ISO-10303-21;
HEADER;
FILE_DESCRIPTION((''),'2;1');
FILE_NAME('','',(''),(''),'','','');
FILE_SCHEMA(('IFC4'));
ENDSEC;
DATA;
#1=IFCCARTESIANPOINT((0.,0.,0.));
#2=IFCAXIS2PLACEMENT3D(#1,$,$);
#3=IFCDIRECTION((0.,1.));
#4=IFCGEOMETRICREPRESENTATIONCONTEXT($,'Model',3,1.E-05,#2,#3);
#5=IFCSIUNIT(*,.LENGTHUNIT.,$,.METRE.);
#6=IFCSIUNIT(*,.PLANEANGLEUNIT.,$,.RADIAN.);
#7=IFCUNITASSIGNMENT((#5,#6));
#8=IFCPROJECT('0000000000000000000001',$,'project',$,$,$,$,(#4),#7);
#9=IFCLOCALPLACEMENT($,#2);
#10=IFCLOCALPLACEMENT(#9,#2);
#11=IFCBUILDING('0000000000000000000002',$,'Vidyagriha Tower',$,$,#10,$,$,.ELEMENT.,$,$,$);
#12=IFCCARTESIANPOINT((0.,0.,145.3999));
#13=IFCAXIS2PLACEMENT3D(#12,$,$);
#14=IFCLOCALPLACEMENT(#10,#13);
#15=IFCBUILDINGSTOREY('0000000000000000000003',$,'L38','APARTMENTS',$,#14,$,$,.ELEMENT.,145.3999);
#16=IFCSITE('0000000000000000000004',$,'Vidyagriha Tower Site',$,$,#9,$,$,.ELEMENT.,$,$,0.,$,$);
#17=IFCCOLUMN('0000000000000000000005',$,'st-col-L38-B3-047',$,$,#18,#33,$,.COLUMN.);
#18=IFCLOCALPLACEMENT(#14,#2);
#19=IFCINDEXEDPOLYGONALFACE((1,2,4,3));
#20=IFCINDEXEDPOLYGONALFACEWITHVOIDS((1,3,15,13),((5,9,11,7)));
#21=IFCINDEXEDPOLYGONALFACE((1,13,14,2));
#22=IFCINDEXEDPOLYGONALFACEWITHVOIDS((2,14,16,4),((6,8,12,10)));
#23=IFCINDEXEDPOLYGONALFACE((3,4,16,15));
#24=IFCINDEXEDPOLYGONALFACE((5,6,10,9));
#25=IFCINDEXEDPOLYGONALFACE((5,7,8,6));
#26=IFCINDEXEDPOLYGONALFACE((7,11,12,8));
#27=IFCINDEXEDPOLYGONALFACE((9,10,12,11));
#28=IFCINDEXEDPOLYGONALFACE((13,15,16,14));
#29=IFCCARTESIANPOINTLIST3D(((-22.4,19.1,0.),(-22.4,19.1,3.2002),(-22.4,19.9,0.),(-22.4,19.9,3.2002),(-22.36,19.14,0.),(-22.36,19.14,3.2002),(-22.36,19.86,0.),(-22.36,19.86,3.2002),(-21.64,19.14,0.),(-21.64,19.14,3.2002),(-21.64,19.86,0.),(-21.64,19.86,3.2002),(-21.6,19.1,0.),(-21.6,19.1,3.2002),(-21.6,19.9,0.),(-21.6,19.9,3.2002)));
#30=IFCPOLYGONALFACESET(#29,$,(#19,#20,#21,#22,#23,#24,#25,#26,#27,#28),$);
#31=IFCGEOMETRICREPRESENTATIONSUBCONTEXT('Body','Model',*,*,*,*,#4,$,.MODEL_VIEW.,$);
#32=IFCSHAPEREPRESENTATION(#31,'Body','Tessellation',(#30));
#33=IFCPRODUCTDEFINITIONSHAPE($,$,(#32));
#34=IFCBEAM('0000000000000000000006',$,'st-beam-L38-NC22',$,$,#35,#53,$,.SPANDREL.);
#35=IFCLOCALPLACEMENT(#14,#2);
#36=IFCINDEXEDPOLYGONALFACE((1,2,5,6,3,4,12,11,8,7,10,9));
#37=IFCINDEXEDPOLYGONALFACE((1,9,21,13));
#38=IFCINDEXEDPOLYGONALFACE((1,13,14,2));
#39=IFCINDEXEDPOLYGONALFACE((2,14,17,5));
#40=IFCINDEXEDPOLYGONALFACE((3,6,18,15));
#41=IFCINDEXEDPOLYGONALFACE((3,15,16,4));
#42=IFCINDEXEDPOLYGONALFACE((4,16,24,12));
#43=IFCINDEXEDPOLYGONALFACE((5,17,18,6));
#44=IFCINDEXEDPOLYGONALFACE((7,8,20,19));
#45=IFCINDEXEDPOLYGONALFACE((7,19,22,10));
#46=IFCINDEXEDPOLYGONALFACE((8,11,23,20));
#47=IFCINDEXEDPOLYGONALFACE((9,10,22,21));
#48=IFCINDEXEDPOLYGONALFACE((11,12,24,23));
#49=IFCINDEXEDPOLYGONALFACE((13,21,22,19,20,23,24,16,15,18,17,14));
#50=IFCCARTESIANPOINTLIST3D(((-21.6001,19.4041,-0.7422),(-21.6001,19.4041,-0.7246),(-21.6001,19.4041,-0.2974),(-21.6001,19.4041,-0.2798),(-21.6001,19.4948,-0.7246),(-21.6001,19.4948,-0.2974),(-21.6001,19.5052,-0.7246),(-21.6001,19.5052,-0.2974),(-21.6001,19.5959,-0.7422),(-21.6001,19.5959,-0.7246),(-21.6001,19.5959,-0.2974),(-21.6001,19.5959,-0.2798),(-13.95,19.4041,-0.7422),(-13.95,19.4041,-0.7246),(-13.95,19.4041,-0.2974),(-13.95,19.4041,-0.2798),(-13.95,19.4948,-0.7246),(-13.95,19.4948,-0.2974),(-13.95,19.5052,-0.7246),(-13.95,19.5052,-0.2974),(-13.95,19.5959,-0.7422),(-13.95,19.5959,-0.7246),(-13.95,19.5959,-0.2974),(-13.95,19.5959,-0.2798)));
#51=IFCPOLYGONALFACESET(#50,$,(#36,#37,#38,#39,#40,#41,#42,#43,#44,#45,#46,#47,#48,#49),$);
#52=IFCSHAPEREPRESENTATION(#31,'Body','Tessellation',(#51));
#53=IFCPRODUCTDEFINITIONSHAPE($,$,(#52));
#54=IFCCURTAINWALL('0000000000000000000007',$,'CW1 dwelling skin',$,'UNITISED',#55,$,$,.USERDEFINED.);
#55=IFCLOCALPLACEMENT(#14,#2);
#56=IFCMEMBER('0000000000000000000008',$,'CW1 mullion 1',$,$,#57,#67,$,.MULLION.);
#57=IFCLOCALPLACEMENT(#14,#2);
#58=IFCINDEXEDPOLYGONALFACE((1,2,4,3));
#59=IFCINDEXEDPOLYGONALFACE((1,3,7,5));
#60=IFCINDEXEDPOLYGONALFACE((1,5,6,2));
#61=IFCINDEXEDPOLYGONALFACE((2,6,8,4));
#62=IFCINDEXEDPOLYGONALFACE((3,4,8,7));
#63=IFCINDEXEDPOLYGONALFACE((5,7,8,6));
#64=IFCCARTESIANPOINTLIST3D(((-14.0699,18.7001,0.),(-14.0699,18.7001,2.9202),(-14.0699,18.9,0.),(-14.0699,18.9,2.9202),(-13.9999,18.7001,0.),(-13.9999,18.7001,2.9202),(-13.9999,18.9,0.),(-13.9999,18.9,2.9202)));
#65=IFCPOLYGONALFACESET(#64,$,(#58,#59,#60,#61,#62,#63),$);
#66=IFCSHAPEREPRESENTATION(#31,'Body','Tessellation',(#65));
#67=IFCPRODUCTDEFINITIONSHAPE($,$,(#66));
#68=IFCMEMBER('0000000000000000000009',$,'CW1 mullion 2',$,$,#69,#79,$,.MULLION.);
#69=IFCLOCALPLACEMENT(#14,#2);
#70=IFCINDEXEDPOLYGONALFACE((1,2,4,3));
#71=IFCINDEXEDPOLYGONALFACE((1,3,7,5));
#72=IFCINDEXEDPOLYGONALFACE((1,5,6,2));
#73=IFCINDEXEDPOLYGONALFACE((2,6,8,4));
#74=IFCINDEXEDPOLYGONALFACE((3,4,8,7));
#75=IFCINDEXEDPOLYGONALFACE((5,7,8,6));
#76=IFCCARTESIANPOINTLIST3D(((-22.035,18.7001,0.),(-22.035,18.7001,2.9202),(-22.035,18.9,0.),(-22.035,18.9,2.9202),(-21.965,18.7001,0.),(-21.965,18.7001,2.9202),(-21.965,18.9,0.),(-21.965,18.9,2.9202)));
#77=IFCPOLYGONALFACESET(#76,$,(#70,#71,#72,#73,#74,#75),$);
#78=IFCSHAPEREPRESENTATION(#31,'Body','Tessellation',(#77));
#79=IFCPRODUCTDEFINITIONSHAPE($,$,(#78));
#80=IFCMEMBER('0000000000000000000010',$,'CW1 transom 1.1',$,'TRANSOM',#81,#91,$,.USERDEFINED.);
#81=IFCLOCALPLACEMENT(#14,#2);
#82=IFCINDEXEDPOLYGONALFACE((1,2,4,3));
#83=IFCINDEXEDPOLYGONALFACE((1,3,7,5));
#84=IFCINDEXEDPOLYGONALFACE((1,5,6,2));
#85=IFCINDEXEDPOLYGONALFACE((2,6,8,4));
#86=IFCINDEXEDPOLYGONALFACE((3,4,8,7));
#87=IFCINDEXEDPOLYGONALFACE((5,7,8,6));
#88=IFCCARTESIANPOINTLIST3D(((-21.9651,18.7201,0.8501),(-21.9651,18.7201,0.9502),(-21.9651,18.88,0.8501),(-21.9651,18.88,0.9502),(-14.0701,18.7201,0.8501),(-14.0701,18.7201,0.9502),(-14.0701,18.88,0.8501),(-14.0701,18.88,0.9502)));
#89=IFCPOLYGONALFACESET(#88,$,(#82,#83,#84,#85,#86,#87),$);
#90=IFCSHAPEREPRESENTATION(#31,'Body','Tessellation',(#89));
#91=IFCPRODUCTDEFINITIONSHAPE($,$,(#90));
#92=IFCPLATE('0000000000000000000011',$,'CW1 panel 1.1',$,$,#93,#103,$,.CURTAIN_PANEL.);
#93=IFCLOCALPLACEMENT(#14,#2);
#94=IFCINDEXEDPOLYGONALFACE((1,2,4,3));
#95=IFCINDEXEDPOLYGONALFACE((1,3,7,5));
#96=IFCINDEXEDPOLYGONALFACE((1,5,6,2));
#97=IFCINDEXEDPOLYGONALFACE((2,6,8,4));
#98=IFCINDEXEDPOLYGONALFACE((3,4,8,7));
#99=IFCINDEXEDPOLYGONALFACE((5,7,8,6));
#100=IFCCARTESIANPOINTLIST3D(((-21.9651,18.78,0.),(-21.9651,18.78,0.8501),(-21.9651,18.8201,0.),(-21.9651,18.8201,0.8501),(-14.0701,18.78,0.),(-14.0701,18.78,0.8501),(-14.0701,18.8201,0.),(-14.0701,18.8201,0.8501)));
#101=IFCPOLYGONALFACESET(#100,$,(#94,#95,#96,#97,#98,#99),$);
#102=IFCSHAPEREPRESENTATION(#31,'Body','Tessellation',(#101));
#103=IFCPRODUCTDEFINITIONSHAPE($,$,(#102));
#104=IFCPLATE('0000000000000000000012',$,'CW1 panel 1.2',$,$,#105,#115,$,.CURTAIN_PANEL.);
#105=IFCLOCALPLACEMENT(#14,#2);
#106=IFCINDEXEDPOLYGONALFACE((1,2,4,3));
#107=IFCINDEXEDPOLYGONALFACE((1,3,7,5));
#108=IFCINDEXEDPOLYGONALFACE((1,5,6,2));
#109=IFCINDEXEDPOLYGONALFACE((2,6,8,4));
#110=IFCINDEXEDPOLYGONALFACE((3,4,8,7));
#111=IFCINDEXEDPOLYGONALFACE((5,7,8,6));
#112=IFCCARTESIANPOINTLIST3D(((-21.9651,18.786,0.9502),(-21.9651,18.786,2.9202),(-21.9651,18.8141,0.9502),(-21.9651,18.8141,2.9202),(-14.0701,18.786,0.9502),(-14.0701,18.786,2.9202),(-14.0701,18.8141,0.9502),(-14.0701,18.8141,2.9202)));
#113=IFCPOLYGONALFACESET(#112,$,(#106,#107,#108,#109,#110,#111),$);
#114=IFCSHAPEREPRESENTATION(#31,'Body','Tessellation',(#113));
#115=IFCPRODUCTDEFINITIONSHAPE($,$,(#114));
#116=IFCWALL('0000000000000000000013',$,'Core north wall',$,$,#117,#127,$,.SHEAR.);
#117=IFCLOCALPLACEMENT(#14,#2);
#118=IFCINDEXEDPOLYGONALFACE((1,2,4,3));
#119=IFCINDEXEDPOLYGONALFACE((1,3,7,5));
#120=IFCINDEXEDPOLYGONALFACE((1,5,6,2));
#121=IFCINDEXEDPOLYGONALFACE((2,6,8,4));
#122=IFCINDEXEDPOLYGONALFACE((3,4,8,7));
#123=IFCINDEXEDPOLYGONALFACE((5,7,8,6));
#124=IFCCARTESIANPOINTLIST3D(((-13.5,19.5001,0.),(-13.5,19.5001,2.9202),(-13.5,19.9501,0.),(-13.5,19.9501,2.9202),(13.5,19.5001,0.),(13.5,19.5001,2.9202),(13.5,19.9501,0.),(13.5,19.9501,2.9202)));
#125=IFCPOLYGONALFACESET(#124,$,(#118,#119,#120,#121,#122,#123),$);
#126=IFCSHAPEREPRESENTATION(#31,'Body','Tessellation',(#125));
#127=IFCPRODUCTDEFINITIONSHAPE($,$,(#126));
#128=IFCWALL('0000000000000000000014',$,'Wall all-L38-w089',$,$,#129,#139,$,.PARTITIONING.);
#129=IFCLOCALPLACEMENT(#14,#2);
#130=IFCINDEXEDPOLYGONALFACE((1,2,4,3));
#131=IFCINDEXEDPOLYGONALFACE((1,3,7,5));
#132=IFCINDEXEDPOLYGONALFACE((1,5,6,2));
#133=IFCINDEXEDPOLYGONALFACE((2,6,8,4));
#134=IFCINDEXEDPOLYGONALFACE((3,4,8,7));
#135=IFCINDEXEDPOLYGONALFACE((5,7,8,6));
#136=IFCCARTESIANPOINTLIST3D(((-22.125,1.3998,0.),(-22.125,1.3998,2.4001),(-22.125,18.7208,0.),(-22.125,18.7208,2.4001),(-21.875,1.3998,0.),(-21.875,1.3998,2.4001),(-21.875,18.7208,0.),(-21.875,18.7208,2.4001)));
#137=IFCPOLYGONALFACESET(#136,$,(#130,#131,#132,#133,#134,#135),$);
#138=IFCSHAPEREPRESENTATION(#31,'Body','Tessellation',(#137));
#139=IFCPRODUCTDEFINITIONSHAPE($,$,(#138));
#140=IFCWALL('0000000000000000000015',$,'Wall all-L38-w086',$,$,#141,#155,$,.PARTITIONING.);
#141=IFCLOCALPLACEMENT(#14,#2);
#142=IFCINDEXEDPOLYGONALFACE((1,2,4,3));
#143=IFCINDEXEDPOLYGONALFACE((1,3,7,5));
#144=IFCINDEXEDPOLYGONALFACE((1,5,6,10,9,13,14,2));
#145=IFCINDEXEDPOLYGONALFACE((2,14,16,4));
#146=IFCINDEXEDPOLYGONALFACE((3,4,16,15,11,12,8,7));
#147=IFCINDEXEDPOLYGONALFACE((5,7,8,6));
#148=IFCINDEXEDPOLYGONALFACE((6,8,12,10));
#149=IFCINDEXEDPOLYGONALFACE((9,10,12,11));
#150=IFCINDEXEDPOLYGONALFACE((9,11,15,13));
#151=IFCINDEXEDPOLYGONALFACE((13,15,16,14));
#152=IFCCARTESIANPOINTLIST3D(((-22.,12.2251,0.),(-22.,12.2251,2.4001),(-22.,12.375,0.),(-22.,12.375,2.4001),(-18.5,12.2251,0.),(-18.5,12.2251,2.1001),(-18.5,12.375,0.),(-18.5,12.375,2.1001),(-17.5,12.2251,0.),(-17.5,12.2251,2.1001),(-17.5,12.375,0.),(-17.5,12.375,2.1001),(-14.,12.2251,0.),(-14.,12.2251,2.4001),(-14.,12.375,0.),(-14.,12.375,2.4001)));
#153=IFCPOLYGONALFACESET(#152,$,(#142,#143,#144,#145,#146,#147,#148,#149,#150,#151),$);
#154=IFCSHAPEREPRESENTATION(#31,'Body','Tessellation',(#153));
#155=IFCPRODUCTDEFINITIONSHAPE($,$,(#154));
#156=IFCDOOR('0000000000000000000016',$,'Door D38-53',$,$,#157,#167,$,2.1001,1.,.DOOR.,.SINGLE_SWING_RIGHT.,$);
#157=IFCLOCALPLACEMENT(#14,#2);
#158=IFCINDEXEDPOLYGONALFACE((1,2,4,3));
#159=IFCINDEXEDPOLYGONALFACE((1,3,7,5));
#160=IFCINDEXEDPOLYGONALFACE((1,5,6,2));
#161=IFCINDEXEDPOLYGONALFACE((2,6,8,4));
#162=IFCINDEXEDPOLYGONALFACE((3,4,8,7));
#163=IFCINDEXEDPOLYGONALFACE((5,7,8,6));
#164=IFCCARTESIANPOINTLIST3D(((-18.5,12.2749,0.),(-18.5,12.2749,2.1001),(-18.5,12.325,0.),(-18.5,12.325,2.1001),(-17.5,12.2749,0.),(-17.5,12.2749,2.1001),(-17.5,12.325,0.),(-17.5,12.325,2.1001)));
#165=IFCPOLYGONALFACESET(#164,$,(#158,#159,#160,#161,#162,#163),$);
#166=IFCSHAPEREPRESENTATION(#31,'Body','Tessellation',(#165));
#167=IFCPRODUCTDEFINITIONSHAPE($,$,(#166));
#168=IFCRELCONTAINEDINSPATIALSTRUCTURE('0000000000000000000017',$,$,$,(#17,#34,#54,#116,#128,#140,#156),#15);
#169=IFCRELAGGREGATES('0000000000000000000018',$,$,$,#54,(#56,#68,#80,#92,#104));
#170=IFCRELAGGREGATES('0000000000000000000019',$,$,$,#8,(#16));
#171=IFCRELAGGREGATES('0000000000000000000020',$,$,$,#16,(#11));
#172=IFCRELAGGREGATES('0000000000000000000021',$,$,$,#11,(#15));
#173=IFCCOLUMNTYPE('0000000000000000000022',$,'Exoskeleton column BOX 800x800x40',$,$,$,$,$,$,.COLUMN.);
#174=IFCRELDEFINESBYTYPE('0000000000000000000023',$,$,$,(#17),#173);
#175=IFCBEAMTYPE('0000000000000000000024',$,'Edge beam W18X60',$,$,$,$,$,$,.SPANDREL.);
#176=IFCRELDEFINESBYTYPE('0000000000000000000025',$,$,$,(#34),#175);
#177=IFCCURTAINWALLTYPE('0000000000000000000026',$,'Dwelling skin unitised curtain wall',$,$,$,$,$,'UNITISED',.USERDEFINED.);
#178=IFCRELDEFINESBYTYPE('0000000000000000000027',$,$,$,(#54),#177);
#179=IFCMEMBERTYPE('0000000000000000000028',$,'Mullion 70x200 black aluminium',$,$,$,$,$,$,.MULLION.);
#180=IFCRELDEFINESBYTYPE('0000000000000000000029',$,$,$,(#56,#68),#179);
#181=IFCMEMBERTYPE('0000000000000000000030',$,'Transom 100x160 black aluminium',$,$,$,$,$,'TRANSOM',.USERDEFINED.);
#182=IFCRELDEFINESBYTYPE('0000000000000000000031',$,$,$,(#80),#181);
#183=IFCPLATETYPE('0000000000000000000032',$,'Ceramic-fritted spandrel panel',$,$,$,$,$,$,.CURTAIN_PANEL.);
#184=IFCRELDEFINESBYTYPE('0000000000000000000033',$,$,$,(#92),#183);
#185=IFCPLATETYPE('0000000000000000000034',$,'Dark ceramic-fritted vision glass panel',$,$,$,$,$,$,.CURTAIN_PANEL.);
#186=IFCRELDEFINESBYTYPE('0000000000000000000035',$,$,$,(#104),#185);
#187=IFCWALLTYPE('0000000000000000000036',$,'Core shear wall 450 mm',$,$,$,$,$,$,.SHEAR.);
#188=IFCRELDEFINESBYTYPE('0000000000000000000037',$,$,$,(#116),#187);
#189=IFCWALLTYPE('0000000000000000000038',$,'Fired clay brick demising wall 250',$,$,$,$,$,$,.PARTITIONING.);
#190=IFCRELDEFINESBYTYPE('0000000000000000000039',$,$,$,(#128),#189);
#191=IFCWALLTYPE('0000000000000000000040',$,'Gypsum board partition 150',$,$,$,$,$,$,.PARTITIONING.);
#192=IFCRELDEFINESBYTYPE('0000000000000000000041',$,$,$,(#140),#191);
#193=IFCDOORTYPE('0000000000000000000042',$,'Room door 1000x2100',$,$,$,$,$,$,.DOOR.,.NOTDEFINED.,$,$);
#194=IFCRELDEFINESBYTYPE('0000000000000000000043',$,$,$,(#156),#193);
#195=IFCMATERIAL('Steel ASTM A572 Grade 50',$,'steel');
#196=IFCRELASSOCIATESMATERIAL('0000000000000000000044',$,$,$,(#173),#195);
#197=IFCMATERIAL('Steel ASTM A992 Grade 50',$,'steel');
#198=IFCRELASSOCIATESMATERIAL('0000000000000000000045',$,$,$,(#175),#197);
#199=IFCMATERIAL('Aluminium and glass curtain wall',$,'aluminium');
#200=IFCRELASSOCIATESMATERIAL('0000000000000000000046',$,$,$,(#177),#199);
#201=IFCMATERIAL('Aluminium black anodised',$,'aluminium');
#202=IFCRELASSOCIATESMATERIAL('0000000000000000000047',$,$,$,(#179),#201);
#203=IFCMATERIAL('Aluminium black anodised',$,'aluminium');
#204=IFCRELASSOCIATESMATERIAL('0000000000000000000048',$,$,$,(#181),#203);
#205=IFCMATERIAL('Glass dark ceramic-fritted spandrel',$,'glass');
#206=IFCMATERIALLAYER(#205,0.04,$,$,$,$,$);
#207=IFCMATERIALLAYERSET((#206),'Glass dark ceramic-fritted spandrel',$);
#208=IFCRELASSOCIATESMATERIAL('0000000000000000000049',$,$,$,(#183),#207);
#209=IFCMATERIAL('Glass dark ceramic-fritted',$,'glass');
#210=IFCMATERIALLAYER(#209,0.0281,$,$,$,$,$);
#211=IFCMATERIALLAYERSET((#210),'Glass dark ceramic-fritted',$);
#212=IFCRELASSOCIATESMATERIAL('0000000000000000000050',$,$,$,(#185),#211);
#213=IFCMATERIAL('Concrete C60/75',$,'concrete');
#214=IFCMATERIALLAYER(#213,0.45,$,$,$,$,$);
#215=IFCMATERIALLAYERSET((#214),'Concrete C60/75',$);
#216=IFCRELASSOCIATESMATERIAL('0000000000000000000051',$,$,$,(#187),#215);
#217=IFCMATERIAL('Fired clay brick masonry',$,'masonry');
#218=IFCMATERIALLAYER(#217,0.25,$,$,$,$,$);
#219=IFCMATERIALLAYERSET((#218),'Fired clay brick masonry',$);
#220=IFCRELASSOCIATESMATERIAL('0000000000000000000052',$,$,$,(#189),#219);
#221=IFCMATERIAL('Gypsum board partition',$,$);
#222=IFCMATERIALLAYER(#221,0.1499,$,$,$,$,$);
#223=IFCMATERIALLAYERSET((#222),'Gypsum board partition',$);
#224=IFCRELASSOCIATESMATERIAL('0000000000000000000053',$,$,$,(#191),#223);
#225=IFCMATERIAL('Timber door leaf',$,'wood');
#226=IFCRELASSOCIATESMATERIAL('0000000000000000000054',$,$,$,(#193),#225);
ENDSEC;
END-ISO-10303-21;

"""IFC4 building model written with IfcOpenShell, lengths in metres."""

from ifc_helpers import new_model, si_unit, direction, frame, frame_2d, origin, origin_2d, place, context, subcontext, project, spatial, rectangle, hollow_rectangle, i_section, extrude, material, layer, layer_set, material_profile, profile_set, type_object, element, fill, aggregate, save


model = new_model("IFC4")

# Units and contexts
model_context = context("Model", 3, precision=1e-05, world=origin(), true_north=direction((0.0, 1.0)))
body_context = subcontext(model_context, "Body", "Model", "MODEL_VIEW")
ifc_project = project(units=[si_unit("LENGTHUNIT", "METRE"), si_unit("PLANEANGLEUNIT", "RADIAN")], contexts=[model_context])

# Site, building, storey
site_placement = place(None, origin())
site = spatial("IfcSite", under=ifc_project, at=site_placement, Name="Vidyagriha Tower Site", CompositionType="ELEMENT", RefElevation=0.0)
building_placement = place(site_placement, origin())
building = spatial("IfcBuilding", under=site, at=building_placement, Name="Vidyagriha Tower", CompositionType="ELEMENT")
storey_placement = place(building_placement, frame((0.0, 0.0, 145.3999)))
storey = spatial("IfcBuildingStorey", under=building, at=storey_placement, Name="L38", Description="APARTMENTS", CompositionType="ELEMENT", Elevation=145.3999)

# Column
ifc_material_1 = material(Name="Steel ASTM A572 Grade 50", Category="steel")
ifc_material_profile_1 = material_profile(ifc_material_1, hollow_rectangle(XDim=0.8, YDim=0.8, WallThickness=0.04, at=origin_2d()), Name="BOX 800x800x40")
ifc_profile_set_1 = profile_set([ifc_material_profile_1], Name="Steel ASTM A572 Grade 50")
column_type = type_object("IfcColumnType", Name="Exoskeleton column BOX 800x800x40", PredefinedType="COLUMN", material=ifc_profile_set_1)
column_placement = place(storey_placement, frame((-22.0, 19.5, 0.0)))
element("IfcColumn", 1, at=column_placement, inside=storey, type_object=column_type, Name="st-col-L38-B3-047", PredefinedType="COLUMN", context=body_context, shape_type="SweptSolid", body=[
    extrude(hollow_rectangle(XDim=0.8, YDim=0.8, WallThickness=0.04, at=origin_2d()), origin(), (0.0, 0.0, 1.0), 3.2002),
])

# Beam
ifc_material_2 = material(Name="Steel ASTM A992 Grade 50", Category="steel")
ifc_material_profile_2 = material_profile(ifc_material_2, i_section(OverallWidth=0.1919, OverallDepth=0.4624, WebThickness=0.0105, FlangeThickness=0.0176, at=origin_2d()), Name="W18X60")
ifc_profile_set_2 = profile_set([ifc_material_profile_2], Name="Steel ASTM A992 Grade 50")
beam_type = type_object("IfcBeamType", Name="Edge beam W18X60", PredefinedType="SPANDREL", material=ifc_profile_set_2)
beam_placement = place(storey_placement, frame((-21.6001, 19.5, -0.511), z_axis=(1.0, 0.0, 0.0), x_axis=(0.0, 1.0, 0.0)))
element("IfcBeam", 2, at=beam_placement, inside=storey, type_object=beam_type, Name="st-beam-L38-NC22", PredefinedType="SPANDREL", context=body_context, shape_type="SweptSolid", body=[
    extrude(i_section(OverallWidth=0.1919, OverallDepth=0.4624, WebThickness=0.0105, FlangeThickness=0.0176, at=origin_2d()), origin(), (0.0, 0.0, 1.0), 7.6501),
])

# Curtain wall, members, plates
ifc_material_3 = material(Name="Aluminium and glass curtain wall", Category="aluminium")
curtain_wall_type = type_object("IfcCurtainWallType", Name="Dwelling skin unitised curtain wall", ElementType="UNITISED", PredefinedType="USERDEFINED", material=ifc_material_3)
curtain_wall_placement = place(storey_placement, origin())
curtain_wall = element("IfcCurtainWall", 3, at=curtain_wall_placement, inside=storey, type_object=curtain_wall_type, Name="CW1 dwelling skin", ObjectType="UNITISED", PredefinedType="USERDEFINED")
ifc_material_4 = material(Name="Aluminium black anodised", Category="aluminium")
ifc_material_profile_3 = material_profile(ifc_material_4, rectangle(XDim=0.2, YDim=0.0701, at=origin_2d()), Name="Mullion 70x200 black aluminium")
ifc_profile_set_3 = profile_set([ifc_material_profile_3], Name="Aluminium black anodised")
member_type_1 = type_object("IfcMemberType", Name="Mullion 70x200 black aluminium", PredefinedType="MULLION", material=ifc_profile_set_3)
member_1_placement = place(storey_placement, frame((-14.0349, 18.8, 0.0), z_axis=(0.0, 0.0, 1.0), x_axis=(0.0, -1.0, 0.0)))
member_1 = element("IfcMember", 4, at=member_1_placement, type_object=member_type_1, Name="CW1 mullion 1", PredefinedType="MULLION", context=body_context, shape_type="SweptSolid", body=[
    extrude(rectangle(XDim=0.2, YDim=0.0701, at=origin_2d()), origin(), (0.0, 0.0, 1.0), 2.9202),
])
member_2_placement = place(storey_placement, frame((-22.0, 18.8, 0.0), z_axis=(0.0, 0.0, 1.0), x_axis=(0.0, -1.0, 0.0)))
member_2 = element("IfcMember", 5, at=member_2_placement, type_object=member_type_1, Name="CW1 mullion 2", PredefinedType="MULLION", context=body_context, shape_type="SweptSolid", body=[
    extrude(rectangle(XDim=0.2, YDim=0.0701, at=origin_2d()), origin(), (0.0, 0.0, 1.0), 2.9202),
])
ifc_material_5 = material(Name="Aluminium black anodised", Category="aluminium")
ifc_material_profile_4 = material_profile(ifc_material_5, rectangle(XDim=0.1599, YDim=0.1001, at=origin_2d()), Name="Transom 100x160 black aluminium")
ifc_profile_set_4 = profile_set([ifc_material_profile_4], Name="Aluminium black anodised")
member_type_2 = type_object("IfcMemberType", Name="Transom 100x160 black aluminium", ElementType="TRANSOM", PredefinedType="USERDEFINED", material=ifc_profile_set_4)
member_3_placement = place(storey_placement, frame((-14.0701, 18.8, 0.9001), z_axis=(-1.0, 0.0, 0.0), x_axis=(0.0, -1.0, 0.0)))
member_3 = element("IfcMember", 6, at=member_3_placement, type_object=member_type_2, Name="CW1 transom 1.1", ObjectType="TRANSOM", PredefinedType="USERDEFINED", context=body_context, shape_type="SweptSolid", body=[
    extrude(rectangle(XDim=0.1599, YDim=0.1001, at=origin_2d()), origin(), (0.0, 0.0, 1.0), 7.895),
])
ifc_material_6 = material(Name="Glass dark ceramic-fritted spandrel", Category="glass")
ifc_layer_1 = layer(ifc_material_6, 0.04)
ifc_layer_set_1 = layer_set([ifc_layer_1], Name="Glass dark ceramic-fritted spandrel")
plate_type_1 = type_object("IfcPlateType", Name="Ceramic-fritted spandrel panel", PredefinedType="CURTAIN_PANEL", material=ifc_layer_set_1)
plate_1_placement = place(storey_placement, frame((-18.0176, 18.8, 0.0), z_axis=(0.0, 0.0, 1.0), x_axis=(-1.0, 0.0, 0.0)))
plate_1 = element("IfcPlate", 7, at=plate_1_placement, type_object=plate_type_1, Name="CW1 panel 1.1", PredefinedType="CURTAIN_PANEL", context=body_context, shape_type="SweptSolid", body=[
    extrude(rectangle(XDim=7.895, YDim=0.04, at=origin_2d()), origin(), (0.0, 0.0, 1.0), 0.8501),
])
ifc_material_7 = material(Name="Glass dark ceramic-fritted", Category="glass")
ifc_layer_2 = layer(ifc_material_7, 0.0281)
ifc_layer_set_2 = layer_set([ifc_layer_2], Name="Glass dark ceramic-fritted")
plate_type_2 = type_object("IfcPlateType", Name="Dark ceramic-fritted vision glass panel", PredefinedType="CURTAIN_PANEL", material=ifc_layer_set_2)
plate_2_placement = place(storey_placement, frame((-18.0176, 18.8, 0.9502), z_axis=(0.0, 0.0, 1.0), x_axis=(-1.0, 0.0, 0.0)))
plate_2 = element("IfcPlate", 8, at=plate_2_placement, type_object=plate_type_2, Name="CW1 panel 1.2", PredefinedType="CURTAIN_PANEL", context=body_context, shape_type="SweptSolid", body=[
    extrude(rectangle(XDim=7.895, YDim=0.0281, at=origin_2d()), origin(), (0.0, 0.0, 1.0), 1.97),
])
aggregate(curtain_wall, [member_1, member_2, member_3, plate_1, plate_2])

# Walls
ifc_material_8 = material(Name="Concrete C60/75", Category="concrete")
ifc_layer_3 = layer(ifc_material_8, 0.45)
ifc_layer_set_3 = layer_set([ifc_layer_3], Name="Concrete C60/75")
wall_type_1 = type_object("IfcWallType", Name="Core shear wall 450 mm", PredefinedType="SHEAR", material=ifc_layer_set_3)
wall_1_placement = place(storey_placement, frame((-13.5, 19.7251, 0.0)))
element("IfcWall", 9, at=wall_1_placement, inside=storey, type_object=wall_type_1, Name="Core north wall", PredefinedType="SHEAR", context=body_context, shape_type="SweptSolid", body=[
    extrude(rectangle(XDim=27.0, YDim=0.45, at=frame_2d((13.5, 0.0))), origin(), (0.0, 0.0, 1.0), 2.9202),
])
ifc_material_9 = material(Name="Fired clay brick masonry", Category="masonry")
ifc_layer_4 = layer(ifc_material_9, 0.25)
ifc_layer_set_4 = layer_set([ifc_layer_4], Name="Fired clay brick masonry")
wall_type_2 = type_object("IfcWallType", Name="Fired clay brick demising wall 250", PredefinedType="PARTITIONING", material=ifc_layer_set_4)
wall_2_placement = place(storey_placement, frame((-22.0, 18.7209, 0.0), z_axis=(0.0, 0.0, 1.0), x_axis=(0.0, -1.0, 0.0)))
element("IfcWall", 10, at=wall_2_placement, inside=storey, type_object=wall_type_2, Name="Wall all-L38-w089", PredefinedType="PARTITIONING", context=body_context, shape_type="SweptSolid", body=[
    extrude(rectangle(XDim=17.321, YDim=0.25, at=frame_2d((8.6606, 0.0))), origin(), (0.0, 0.0, 1.0), 2.4001),
])

# Wall, opening, door
ifc_material_10 = material(Name="Gypsum board partition")
ifc_layer_5 = layer(ifc_material_10, 0.1499)
ifc_layer_set_5 = layer_set([ifc_layer_5], Name="Gypsum board partition")
wall_type_3 = type_object("IfcWallType", Name="Gypsum board partition 150", PredefinedType="PARTITIONING", material=ifc_layer_set_5)
wall_3_placement = place(storey_placement, frame((-22.0, 12.3, 0.0)))
wall_3 = element("IfcWall", 11, at=wall_3_placement, inside=storey, type_object=wall_type_3, Name="Wall all-L38-w086", PredefinedType="PARTITIONING", context=body_context, shape_type="SweptSolid", body=[
    extrude(rectangle(XDim=8.0, YDim=0.1499, at=frame_2d((4.0, 0.0))), origin(), (0.0, 0.0, 1.0), 2.4001),
])
opening_placement = place(wall_3_placement, frame((3.5, 0.0, 0.0)))
opening = element("IfcOpeningElement", 12, at=opening_placement, cuts=wall_3, PredefinedType="OPENING", context=body_context, shape_type="SweptSolid", body=[
    extrude(rectangle(XDim=1.0, YDim=2.1001, at=frame_2d((0.5, 1.05))), frame((0.0, 0.085, 0.0), z_axis=(0.0, -1.0, 0.0), x_axis=(1.0, 0.0, 0.0)), (0.0, 0.0, 1.0), 0.1699),
])
ifc_material_11 = material(Name="Timber door leaf", Category="wood")
door_type = type_object("IfcDoorType", Name="Room door 1000x2100", OperationType="NOTDEFINED", PredefinedType="DOOR", material=ifc_material_11)
door_placement = place(opening_placement, origin())
door = element("IfcDoor", 13, at=door_placement, inside=storey, type_object=door_type, Name="Door D38-53", OperationType="SINGLE_SWING_RIGHT", OverallHeight=2.1001, OverallWidth=1.0, PredefinedType="DOOR", context=body_context, shape_type="SweptSolid", body=[
    extrude(rectangle(XDim=1.0, YDim=2.1001, at=frame_2d((0.5, 1.05))), frame((0.0, 0.0249, 0.0), z_axis=(0.0, -1.0, 0.0), x_axis=(1.0, 0.0, 0.0)), (0.0, 0.0, 1.0), 0.05),
])
fill(opening, door)

save(model, "model.ifc")
